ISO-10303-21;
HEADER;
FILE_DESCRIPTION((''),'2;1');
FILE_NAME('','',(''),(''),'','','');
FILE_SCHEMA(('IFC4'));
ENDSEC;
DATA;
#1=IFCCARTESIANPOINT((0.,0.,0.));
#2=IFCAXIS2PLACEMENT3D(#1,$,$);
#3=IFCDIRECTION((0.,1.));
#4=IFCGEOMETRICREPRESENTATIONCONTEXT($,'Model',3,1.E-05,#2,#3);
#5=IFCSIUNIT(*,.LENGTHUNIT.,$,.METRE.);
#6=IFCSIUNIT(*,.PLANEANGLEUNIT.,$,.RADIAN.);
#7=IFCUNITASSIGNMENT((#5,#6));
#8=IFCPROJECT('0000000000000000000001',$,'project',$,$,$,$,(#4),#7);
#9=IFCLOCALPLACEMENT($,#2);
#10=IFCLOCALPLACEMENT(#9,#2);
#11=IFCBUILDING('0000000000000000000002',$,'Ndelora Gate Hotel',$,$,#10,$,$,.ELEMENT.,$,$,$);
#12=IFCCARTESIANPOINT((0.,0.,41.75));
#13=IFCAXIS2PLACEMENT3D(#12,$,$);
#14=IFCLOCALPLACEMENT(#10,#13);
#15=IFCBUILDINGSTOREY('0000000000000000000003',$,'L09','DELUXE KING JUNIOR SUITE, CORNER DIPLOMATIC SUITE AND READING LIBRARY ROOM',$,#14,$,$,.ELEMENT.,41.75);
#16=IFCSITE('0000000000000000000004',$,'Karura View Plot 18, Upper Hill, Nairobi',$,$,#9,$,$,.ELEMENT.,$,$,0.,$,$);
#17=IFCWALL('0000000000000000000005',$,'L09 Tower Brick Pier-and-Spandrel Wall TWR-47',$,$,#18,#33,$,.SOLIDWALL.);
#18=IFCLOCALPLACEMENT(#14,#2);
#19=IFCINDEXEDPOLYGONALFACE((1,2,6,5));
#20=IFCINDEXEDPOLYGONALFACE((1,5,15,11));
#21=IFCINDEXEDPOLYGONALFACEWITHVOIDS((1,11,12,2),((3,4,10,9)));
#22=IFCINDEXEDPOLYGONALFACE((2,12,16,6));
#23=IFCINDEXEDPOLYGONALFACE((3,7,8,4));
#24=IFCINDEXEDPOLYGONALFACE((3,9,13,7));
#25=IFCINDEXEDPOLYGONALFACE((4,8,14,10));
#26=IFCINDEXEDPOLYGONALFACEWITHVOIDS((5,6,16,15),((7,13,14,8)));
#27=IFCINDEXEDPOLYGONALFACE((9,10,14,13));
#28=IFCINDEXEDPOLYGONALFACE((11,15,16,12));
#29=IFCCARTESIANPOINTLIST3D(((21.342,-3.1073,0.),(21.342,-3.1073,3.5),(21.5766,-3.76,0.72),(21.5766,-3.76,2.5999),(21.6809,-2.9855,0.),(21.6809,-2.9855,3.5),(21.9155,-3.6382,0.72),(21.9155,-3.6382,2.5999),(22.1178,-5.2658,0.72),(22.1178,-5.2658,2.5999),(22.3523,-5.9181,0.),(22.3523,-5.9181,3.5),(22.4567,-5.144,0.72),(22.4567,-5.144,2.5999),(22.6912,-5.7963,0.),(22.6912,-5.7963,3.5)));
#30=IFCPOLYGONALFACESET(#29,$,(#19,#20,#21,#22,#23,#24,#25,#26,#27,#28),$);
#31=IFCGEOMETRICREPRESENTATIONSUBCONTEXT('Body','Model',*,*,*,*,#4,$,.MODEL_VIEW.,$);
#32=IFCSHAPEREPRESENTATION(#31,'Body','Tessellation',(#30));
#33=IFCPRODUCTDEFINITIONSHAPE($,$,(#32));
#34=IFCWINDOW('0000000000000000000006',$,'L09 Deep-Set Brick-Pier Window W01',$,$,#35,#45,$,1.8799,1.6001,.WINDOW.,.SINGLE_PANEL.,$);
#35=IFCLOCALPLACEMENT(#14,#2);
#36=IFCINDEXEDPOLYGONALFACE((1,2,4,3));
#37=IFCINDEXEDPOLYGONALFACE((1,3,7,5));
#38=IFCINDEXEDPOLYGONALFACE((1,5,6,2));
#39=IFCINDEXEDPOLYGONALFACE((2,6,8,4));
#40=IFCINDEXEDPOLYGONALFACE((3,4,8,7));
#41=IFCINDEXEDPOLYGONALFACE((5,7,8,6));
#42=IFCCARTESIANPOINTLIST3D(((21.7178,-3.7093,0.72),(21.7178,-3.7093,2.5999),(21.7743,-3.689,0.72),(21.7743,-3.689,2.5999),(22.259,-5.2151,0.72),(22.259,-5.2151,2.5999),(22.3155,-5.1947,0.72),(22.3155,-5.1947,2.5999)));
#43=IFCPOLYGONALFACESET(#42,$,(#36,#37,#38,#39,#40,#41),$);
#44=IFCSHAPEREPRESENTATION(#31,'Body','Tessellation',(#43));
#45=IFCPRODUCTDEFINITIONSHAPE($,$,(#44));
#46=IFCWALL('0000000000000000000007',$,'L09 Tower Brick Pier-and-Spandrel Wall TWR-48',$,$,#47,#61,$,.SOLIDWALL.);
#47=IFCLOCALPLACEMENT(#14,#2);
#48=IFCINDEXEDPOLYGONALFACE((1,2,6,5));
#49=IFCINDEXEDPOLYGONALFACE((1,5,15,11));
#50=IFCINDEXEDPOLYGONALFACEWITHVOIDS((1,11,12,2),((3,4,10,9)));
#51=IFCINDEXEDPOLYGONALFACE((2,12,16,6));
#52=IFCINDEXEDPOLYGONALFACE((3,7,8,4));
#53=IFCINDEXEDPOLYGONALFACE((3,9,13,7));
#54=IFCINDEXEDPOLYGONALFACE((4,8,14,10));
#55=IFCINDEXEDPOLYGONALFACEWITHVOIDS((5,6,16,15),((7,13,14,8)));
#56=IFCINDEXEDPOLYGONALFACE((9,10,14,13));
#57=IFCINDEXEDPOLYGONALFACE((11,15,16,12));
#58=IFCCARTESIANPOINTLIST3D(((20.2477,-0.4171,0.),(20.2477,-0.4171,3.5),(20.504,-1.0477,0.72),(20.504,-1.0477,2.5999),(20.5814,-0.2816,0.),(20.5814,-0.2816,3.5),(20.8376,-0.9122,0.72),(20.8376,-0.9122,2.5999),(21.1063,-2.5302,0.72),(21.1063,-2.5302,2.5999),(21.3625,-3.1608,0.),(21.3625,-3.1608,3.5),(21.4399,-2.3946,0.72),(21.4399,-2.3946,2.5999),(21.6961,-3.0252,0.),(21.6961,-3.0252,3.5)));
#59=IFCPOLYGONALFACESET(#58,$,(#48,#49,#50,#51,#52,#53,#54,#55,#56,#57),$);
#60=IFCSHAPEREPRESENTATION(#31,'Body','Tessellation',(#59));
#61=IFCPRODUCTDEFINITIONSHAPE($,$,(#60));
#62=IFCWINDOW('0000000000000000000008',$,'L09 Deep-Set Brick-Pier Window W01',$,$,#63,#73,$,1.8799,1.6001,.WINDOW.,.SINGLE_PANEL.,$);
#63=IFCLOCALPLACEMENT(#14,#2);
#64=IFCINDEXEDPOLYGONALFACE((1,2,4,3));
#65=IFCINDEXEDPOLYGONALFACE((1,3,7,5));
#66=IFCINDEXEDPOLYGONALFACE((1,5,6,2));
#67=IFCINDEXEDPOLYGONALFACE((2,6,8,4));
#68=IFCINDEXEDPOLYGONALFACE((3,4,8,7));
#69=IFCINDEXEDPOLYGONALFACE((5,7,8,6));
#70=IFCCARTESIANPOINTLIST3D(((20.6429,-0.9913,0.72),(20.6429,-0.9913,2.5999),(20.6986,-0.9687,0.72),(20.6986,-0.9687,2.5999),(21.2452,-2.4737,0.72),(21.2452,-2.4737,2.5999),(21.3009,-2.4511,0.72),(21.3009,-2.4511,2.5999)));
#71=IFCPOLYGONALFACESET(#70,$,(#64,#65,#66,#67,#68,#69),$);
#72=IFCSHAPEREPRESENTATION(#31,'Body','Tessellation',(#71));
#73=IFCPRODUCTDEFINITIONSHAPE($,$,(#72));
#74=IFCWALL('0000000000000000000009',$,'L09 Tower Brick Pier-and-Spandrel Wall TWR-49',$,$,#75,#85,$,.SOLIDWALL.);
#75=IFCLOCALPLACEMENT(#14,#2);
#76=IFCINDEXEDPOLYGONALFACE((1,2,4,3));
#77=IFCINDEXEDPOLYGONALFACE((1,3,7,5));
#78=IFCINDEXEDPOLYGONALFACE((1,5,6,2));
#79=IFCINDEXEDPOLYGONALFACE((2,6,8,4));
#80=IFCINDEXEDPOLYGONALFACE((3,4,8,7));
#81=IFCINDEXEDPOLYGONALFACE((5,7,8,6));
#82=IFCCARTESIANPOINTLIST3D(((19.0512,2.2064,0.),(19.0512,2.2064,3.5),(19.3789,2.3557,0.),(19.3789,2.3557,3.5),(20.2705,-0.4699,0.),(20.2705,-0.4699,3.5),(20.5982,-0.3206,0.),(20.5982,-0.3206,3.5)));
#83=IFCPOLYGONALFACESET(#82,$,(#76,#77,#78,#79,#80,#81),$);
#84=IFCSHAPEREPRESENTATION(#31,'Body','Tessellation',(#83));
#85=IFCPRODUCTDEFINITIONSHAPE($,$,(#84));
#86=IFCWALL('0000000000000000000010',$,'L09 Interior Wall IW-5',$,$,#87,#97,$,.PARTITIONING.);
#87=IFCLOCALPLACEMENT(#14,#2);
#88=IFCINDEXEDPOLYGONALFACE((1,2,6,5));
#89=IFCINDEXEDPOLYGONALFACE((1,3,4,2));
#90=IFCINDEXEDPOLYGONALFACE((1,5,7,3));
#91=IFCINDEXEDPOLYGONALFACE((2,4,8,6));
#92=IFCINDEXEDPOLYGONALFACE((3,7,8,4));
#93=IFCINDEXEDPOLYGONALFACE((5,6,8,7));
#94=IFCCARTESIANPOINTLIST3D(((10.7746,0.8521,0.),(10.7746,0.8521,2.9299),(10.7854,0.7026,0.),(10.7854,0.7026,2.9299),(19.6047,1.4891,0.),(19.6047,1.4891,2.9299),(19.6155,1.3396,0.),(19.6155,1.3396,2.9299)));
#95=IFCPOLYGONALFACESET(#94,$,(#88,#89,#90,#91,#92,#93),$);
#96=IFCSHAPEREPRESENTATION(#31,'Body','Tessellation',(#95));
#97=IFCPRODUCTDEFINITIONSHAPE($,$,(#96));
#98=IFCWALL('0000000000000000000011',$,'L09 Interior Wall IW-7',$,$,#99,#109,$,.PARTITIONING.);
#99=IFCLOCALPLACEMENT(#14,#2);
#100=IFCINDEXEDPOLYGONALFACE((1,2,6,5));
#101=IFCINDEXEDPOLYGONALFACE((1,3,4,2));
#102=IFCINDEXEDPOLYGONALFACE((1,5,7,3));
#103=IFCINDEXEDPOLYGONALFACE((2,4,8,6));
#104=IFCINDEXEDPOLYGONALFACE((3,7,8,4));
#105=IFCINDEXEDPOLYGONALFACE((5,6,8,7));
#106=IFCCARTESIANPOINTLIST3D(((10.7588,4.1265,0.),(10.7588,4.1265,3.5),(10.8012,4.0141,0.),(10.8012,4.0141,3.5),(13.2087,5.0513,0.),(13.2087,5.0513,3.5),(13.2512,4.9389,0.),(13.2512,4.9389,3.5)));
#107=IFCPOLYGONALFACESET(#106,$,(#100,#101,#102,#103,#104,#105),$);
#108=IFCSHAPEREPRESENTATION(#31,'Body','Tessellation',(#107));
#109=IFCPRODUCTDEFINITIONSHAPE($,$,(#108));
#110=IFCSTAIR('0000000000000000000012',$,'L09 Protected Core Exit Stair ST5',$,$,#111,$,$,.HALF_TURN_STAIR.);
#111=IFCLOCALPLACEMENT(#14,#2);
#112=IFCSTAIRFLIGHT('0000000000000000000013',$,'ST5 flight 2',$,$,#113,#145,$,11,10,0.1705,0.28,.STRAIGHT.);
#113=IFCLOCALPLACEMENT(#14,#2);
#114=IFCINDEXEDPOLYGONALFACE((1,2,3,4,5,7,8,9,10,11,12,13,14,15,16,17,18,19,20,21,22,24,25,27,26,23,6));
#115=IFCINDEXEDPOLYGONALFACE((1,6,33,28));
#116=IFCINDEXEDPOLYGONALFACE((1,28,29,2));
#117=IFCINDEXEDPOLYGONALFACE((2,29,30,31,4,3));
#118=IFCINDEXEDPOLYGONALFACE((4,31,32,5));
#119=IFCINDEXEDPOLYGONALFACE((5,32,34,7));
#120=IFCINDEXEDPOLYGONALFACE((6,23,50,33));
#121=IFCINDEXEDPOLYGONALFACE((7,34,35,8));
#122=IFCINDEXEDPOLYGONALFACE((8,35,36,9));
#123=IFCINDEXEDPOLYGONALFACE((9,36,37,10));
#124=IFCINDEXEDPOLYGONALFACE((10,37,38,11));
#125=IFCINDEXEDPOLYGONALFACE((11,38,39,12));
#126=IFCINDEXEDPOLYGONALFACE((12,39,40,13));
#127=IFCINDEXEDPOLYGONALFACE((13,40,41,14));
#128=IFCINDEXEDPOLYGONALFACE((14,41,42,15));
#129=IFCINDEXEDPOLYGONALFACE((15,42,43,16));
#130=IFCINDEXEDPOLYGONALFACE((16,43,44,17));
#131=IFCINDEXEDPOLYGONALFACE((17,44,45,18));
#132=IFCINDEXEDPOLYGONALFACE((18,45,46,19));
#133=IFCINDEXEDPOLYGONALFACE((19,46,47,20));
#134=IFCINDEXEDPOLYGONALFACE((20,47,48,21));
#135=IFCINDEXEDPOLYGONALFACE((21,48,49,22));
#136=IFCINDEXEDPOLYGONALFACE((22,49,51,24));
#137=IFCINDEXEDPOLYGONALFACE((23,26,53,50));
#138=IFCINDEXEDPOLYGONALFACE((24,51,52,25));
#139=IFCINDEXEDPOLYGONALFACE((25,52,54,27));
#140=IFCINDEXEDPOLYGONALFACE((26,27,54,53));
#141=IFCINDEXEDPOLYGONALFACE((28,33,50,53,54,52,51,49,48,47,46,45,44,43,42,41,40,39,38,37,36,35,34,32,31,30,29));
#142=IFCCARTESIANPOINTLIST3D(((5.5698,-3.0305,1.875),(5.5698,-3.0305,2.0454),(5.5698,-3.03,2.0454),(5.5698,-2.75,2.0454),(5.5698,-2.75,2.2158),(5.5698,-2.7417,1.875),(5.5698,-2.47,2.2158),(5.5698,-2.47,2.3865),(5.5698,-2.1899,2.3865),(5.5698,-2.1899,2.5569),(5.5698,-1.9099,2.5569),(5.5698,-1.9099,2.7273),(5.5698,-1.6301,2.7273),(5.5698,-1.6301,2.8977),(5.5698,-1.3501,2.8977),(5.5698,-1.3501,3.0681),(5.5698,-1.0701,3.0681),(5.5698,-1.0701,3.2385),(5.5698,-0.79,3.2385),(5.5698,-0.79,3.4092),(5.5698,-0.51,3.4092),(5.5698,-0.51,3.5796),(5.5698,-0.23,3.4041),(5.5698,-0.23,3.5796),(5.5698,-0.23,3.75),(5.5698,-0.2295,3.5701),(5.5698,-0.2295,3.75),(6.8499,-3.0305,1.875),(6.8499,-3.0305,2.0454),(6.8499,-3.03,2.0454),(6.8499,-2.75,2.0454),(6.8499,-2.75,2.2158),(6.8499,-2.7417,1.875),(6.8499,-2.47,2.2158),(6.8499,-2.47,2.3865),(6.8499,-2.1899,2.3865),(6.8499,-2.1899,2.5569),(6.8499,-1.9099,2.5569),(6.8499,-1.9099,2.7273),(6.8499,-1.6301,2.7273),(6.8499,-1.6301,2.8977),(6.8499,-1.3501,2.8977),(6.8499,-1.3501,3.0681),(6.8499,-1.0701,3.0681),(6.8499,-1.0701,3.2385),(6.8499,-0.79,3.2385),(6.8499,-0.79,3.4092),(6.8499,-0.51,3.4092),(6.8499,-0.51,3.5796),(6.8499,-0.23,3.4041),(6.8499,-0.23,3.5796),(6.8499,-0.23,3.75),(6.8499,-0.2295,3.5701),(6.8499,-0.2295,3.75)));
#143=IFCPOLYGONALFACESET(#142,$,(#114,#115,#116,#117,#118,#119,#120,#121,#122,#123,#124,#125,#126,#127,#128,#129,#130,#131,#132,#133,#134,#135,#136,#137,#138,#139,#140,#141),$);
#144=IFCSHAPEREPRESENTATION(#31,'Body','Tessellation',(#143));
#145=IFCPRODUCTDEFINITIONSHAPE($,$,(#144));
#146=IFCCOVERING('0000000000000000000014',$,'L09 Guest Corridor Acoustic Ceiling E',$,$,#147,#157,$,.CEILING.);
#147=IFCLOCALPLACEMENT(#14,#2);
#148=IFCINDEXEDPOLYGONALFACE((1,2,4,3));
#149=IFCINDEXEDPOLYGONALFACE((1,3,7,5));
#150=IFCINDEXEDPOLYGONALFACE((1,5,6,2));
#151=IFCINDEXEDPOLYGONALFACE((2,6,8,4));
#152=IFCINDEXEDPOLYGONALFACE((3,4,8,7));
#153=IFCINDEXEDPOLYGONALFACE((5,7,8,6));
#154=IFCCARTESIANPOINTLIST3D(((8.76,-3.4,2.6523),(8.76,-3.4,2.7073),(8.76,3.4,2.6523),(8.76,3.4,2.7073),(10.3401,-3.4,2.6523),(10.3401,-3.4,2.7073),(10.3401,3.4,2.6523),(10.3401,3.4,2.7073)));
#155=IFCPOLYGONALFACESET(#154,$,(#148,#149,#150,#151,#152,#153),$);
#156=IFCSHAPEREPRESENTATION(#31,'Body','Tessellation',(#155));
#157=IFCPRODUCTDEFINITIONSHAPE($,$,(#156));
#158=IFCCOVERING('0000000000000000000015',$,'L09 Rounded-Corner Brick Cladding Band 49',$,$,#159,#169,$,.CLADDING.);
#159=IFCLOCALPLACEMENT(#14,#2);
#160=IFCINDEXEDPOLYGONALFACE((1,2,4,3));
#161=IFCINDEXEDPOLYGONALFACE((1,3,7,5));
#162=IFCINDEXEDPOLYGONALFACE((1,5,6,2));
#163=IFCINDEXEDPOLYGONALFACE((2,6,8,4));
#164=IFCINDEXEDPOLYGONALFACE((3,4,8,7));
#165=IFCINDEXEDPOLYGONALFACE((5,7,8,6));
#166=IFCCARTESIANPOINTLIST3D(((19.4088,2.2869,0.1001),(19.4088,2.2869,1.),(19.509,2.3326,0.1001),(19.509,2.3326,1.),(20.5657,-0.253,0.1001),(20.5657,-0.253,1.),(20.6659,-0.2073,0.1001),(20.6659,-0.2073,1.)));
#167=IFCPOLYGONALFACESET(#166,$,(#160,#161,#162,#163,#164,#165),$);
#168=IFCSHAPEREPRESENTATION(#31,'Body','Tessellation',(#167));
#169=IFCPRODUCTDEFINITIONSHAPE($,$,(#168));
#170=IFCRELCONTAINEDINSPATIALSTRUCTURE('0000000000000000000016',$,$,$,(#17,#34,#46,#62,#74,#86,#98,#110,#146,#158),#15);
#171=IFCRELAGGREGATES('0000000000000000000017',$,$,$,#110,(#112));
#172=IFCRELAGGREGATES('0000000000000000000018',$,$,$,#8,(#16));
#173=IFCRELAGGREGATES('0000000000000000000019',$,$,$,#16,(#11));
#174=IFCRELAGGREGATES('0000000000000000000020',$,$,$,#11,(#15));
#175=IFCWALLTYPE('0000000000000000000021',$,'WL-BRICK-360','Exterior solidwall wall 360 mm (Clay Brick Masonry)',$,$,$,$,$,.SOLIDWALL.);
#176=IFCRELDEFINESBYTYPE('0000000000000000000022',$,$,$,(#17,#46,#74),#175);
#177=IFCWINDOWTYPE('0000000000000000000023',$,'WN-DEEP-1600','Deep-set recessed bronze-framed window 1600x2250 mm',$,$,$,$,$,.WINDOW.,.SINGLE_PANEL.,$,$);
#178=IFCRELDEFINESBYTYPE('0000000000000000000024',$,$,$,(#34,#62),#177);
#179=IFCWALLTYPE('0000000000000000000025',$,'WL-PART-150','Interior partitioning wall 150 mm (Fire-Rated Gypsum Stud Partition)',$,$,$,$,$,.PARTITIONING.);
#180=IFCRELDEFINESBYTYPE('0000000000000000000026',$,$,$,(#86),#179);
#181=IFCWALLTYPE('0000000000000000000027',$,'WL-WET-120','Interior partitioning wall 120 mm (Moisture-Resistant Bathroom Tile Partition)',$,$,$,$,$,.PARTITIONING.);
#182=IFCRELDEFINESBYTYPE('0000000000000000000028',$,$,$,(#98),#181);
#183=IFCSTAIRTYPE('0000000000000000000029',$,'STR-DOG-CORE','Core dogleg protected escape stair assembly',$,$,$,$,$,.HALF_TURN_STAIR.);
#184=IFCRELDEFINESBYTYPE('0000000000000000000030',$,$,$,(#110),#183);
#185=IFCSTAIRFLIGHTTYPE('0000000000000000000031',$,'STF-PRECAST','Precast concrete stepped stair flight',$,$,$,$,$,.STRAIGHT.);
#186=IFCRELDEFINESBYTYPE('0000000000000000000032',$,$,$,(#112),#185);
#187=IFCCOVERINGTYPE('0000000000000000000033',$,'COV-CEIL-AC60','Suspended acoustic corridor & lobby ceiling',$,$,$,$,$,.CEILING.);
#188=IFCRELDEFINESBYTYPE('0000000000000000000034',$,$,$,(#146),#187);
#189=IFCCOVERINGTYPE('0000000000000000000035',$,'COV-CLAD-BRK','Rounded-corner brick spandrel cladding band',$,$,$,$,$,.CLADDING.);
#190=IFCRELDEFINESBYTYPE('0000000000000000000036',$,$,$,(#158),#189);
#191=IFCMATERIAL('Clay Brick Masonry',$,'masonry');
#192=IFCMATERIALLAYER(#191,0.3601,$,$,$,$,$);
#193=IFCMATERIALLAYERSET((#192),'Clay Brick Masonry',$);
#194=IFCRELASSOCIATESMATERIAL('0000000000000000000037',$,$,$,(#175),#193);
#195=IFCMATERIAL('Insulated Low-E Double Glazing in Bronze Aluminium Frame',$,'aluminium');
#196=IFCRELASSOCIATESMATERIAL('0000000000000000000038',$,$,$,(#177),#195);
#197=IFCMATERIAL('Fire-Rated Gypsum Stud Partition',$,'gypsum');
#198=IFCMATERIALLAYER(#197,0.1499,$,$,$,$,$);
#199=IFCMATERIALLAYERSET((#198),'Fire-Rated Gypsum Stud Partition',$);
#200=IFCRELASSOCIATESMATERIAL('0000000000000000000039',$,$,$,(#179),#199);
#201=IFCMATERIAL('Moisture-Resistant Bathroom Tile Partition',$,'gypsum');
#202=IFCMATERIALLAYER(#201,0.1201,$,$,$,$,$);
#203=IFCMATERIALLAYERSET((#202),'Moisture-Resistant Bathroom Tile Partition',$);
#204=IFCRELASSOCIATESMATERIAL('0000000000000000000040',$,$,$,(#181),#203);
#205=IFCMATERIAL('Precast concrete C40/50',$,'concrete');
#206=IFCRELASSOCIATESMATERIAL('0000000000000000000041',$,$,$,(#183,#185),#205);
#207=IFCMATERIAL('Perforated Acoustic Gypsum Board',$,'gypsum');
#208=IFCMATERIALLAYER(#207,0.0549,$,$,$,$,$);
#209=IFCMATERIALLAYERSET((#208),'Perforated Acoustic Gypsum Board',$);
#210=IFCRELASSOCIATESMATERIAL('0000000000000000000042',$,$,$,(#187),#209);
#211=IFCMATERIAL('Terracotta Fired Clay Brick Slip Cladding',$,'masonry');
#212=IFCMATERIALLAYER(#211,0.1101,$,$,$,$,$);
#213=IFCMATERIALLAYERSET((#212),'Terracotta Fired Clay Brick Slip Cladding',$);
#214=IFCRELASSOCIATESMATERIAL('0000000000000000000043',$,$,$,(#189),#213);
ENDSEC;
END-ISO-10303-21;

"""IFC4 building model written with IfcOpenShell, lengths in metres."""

from ifc_helpers import new_model, si_unit, direction, frame, frame_2d, origin, origin_2d, place, context, subcontext, project, spatial, polyline, rectangle, outline, extrude, material, layer, layer_set, type_object, element, fill, aggregate, save


model = new_model("IFC4")

# Units and contexts
model_context = context("Model", 3, precision=1e-05, world=origin(), true_north=direction((0.0, 1.0)))
body_context = subcontext(model_context, "Body", "Model", "MODEL_VIEW")
ifc_project = project(units=[si_unit("LENGTHUNIT", "METRE"), si_unit("PLANEANGLEUNIT", "RADIAN")], contexts=[model_context])

# Site, building, storey
site_placement = place(None, origin())
site = spatial("IfcSite", under=ifc_project, at=site_placement, Name="Karura View Plot 18, Upper Hill, Nairobi", CompositionType="ELEMENT", RefElevation=0.0)
building_placement = place(site_placement, origin())
building = spatial("IfcBuilding", under=site, at=building_placement, Name="Ndelora Gate Hotel", CompositionType="ELEMENT")
storey_placement = place(building_placement, frame((0.0, 0.0, 41.75)))
storey = spatial("IfcBuildingStorey", under=building, at=storey_placement, Name="L09", Description="DELUXE KING JUNIOR SUITE, CORNER DIPLOMATIC SUITE AND READING LIBRARY ROOM", CompositionType="ELEMENT", Elevation=41.75)

# Walls, openings, windows
ifc_material_1 = material(Name="Clay Brick Masonry", Category="masonry")
ifc_layer_1 = layer(ifc_material_1, 0.3601)
ifc_layer_set_1 = layer_set([ifc_layer_1], Name="Clay Brick Masonry")
wall_type_1 = type_object("IfcWallType", Name="WL-BRICK-360", Description="Exterior solidwall wall 360 mm (Clay Brick Masonry)", PredefinedType="SOLIDWALL", material=ifc_layer_set_1)
wall_1_placement = place(storey_placement, frame((21.5115, -3.0464, 0.0), z_axis=(0.0, 0.0, 1.0), x_axis=(0.338236, -0.941061, 0.0)))
wall_1 = element("IfcWall", 1, at=wall_1_placement, inside=storey, type_object=wall_type_1, Name="L09 Tower Brick Pier-and-Spandrel Wall TWR-47", PredefinedType="SOLIDWALL", context=body_context, shape_type="SweptSolid", body=[
    extrude(rectangle(XDim=2.9868, YDim=0.3601, at=frame_2d((1.4934, 0.0))), origin(), (0.0, 0.0, 1.0), 3.5),
])
opening_1_placement = place(wall_1_placement, frame((0.6936, 0.0, 0.72)))
opening_1 = element("IfcOpeningElement", 2, at=opening_1_placement, cuts=wall_1, PredefinedType="OPENING", context=body_context, shape_type="SweptSolid", body=[
    extrude(rectangle(XDim=1.6001, YDim=1.8799, at=frame_2d((0.8, 0.9399))), frame((0.0, 0.1899, 0.0), z_axis=(0.0, -1.0, 0.0), x_axis=(1.0, 0.0, 0.0)), (0.0, 0.0, 1.0), 0.3801),
])
ifc_material_2 = material(Name="Insulated Low-E Double Glazing in Bronze Aluminium Frame", Category="aluminium")
window_type = type_object("IfcWindowType", Name="WN-DEEP-1600", Description="Deep-set recessed bronze-framed window 1600x2250 mm", PartitioningType="SINGLE_PANEL", PredefinedType="WINDOW", material=ifc_material_2)
window_1_placement = place(opening_1_placement, origin())
window_1 = element("IfcWindow", 3, at=window_1_placement, inside=storey, type_object=window_type, Name="L09 Deep-Set Brick-Pier Window W01", OverallHeight=1.8799, OverallWidth=1.6001, PartitioningType="SINGLE_PANEL", PredefinedType="WINDOW", context=body_context, shape_type="SweptSolid", body=[
    extrude(rectangle(XDim=1.6001, YDim=1.8799, at=frame_2d((0.8, 0.9399))), frame((0.0, 0.03, 0.0), z_axis=(0.0, -1.0, 0.0), x_axis=(1.0, 0.0, 0.0)), (0.0, 0.0, 1.0), 0.0601),
])
fill(opening_1, window_1)
wall_2_placement = place(storey_placement, frame((20.4146, -0.3494, 0.0), z_axis=(0.0, 0.0, 1.0), x_axis=(0.376417, -0.92645, 0.0)))
wall_2 = element("IfcWall", 4, at=wall_2_placement, inside=storey, type_object=wall_type_1, Name="L09 Tower Brick Pier-and-Spandrel Wall TWR-48", PredefinedType="SOLIDWALL", context=body_context, shape_type="SweptSolid", body=[
    extrude(rectangle(XDim=2.9614, YDim=0.3601, at=frame_2d((1.4807, 0.0))), origin(), (0.0, 0.0, 1.0), 3.5),
])
opening_2_placement = place(wall_2_placement, frame((0.6807, 0.0, 0.72)))
opening_2 = element("IfcOpeningElement", 5, at=opening_2_placement, cuts=wall_2, PredefinedType="OPENING", context=body_context, shape_type="SweptSolid", body=[
    extrude(rectangle(XDim=1.6001, YDim=1.8799, at=frame_2d((0.8, 0.9399))), frame((0.0, 0.1899, 0.0), z_axis=(0.0, -1.0, 0.0), x_axis=(1.0, 0.0, 0.0)), (0.0, 0.0, 1.0), 0.3801),
])
window_2_placement = place(opening_2_placement, origin())
window_2 = element("IfcWindow", 6, at=window_2_placement, inside=storey, type_object=window_type, Name="L09 Deep-Set Brick-Pier Window W01", OverallHeight=1.8799, OverallWidth=1.6001, PartitioningType="SINGLE_PANEL", PredefinedType="WINDOW", context=body_context, shape_type="SweptSolid", body=[
    extrude(rectangle(XDim=1.6001, YDim=1.8799, at=frame_2d((0.8, 0.9399))), frame((0.0, 0.03, 0.0), z_axis=(0.0, -1.0, 0.0), x_axis=(1.0, 0.0, 0.0)), (0.0, 0.0, 1.0), 0.0601),
])
fill(opening_2, window_2)

# Wall
wall_3_placement = place(storey_placement, frame((19.2151, 2.281, 0.0), z_axis=(0.0, 0.0, 1.0), x_axis=(0.414578, -0.910014, 0.0)))
element("IfcWall", 7, at=wall_3_placement, inside=storey, type_object=wall_type_1, Name="L09 Tower Brick Pier-and-Spandrel Wall TWR-49", PredefinedType="SOLIDWALL", context=body_context, shape_type="SweptSolid", body=[
    extrude(rectangle(XDim=2.9409, YDim=0.3601, at=frame_2d((1.4705, 0.0))), origin(), (0.0, 0.0, 1.0), 3.5),
])

# Walls
ifc_material_3 = material(Name="Fire-Rated Gypsum Stud Partition", Category="gypsum")
ifc_layer_2 = layer(ifc_material_3, 0.1499)
ifc_layer_set_2 = layer_set([ifc_layer_2], Name="Fire-Rated Gypsum Stud Partition")
wall_type_2 = type_object("IfcWallType", Name="WL-PART-150", Description="Interior partitioning wall 150 mm (Fire-Rated Gypsum Stud Partition)", PredefinedType="PARTITIONING", material=ifc_layer_set_2)
wall_4_placement = place(storey_placement, frame((10.78, 0.7773, 0.0), z_axis=(0.0, 0.0, 1.0), x_axis=(0.997408, 0.071949, 0.0)))
element("IfcWall", 8, at=wall_4_placement, inside=storey, type_object=wall_type_2, Name="L09 Interior Wall IW-5", PredefinedType="PARTITIONING", context=body_context, shape_type="SweptSolid", body=[
    extrude(rectangle(XDim=8.853, YDim=0.1499, at=frame_2d((4.4265, 0.0))), origin(), (0.0, 0.0, 1.0), 2.9299),
])
ifc_material_4 = material(Name="Moisture-Resistant Bathroom Tile Partition", Category="gypsum")
ifc_layer_3 = layer(ifc_material_4, 0.1201)
ifc_layer_set_3 = layer_set([ifc_layer_3], Name="Moisture-Resistant Bathroom Tile Partition")
wall_type_3 = type_object("IfcWallType", Name="WL-WET-120", Description="Interior partitioning wall 120 mm (Moisture-Resistant Bathroom Tile Partition)", PredefinedType="PARTITIONING", material=ifc_layer_set_3)
wall_5_placement = place(storey_placement, frame((10.78, 4.0703, 0.0), z_axis=(0.0, 0.0, 1.0), x_axis=(0.935565, 0.353156, 0.0)))
element("IfcWall", 9, at=wall_5_placement, inside=storey, type_object=wall_type_3, Name="L09 Interior Wall IW-7", PredefinedType="PARTITIONING", context=body_context, shape_type="SweptSolid", body=[
    extrude(rectangle(XDim=2.6187, YDim=0.1201, at=frame_2d((1.3093, 0.0))), origin(), (0.0, 0.0, 1.0), 3.5),
])

# Stair, stair flight
ifc_material_5 = material(Name="Precast concrete C40/50", Category="concrete")
stair_type = type_object("IfcStairType", Name="STR-DOG-CORE", Description="Core dogleg protected escape stair assembly", PredefinedType="HALF_TURN_STAIR", material=ifc_material_5)
stair_placement = place(storey_placement, origin())
stair = element("IfcStair", 10, at=stair_placement, inside=storey, type_object=stair_type, Name="L09 Protected Core Exit Stair ST5", PredefinedType="HALF_TURN_STAIR")
stair_flight_type = type_object("IfcStairFlightType", Name="STF-PRECAST", Description="Precast concrete stepped stair flight", PredefinedType="STRAIGHT", material=ifc_material_5)
stair_flight_placement = place(storey_placement, frame((6.21, -3.03, 1.875), z_axis=(0.0, 0.0, 1.0), x_axis=(0.0, 1.0, 0.0)))
stair_flight = element("IfcStairFlight", 11, at=stair_flight_placement, type_object=stair_flight_type, Name="ST5 flight 2", NumberOfRisers=11, NumberOfTreads=10, PredefinedType="STRAIGHT", RiserHeight=0.1705, TreadLength=0.28, context=body_context, shape_type="SweptSolid", body=[
    extrude(outline(polyline([(-0.0005, 0.0), (-0.0005, 0.1704), (0.0, 0.1704), (0.28, 0.1704), (0.28, 0.3408), (0.5601, 0.3408), (0.5601, 0.5115), (0.8401, 0.5115), (0.8401, 0.6819), (1.1201, 0.6819), (1.1201, 0.8523), (1.3999, 0.8523), (1.3999, 1.0227), (1.6799, 1.0227), (1.6799, 1.1931), (1.96, 1.1931), (1.96, 1.3635), (2.24, 1.3635), (2.24, 1.5342), (2.52, 1.5342), (2.52, 1.7046), (2.8, 1.7046), (2.8, 1.875), (2.8005, 1.875), (2.8005, 1.6951), (2.8, 1.5291), (0.2883, 0.0), (-0.0005, 0.0)])), frame((0.0, 0.6401, 0.0), z_axis=(0.0, -1.0, 0.0), x_axis=(1.0, 0.0, 0.0)), (0.0, 0.0, 1.0), 1.28),
])
aggregate(stair, [stair_flight])

# Coverings
ifc_material_6 = material(Name="Perforated Acoustic Gypsum Board", Category="gypsum")
ifc_layer_4 = layer(ifc_material_6, 0.0549)
ifc_layer_set_4 = layer_set([ifc_layer_4], Name="Perforated Acoustic Gypsum Board")
covering_type_1 = type_object("IfcCoveringType", Name="COV-CEIL-AC60", Description="Suspended acoustic corridor & lobby ceiling", PredefinedType="CEILING", material=ifc_layer_set_4)
covering_1_placement = place(storey_placement, frame((9.55, 0.0, 2.6523), z_axis=(0.0, 0.0, 1.0), x_axis=(1.0, 0.0, 0.0)))
element("IfcCovering", 12, at=covering_1_placement, inside=storey, type_object=covering_type_1, Name="L09 Guest Corridor Acoustic Ceiling E", PredefinedType="CEILING", context=body_context, shape_type="SweptSolid", body=[
    extrude(rectangle(XDim=1.5801, YDim=6.8, at=origin_2d()), origin(), (0.0, 0.0, 1.0), 0.0549),
])
ifc_material_7 = material(Name="Terracotta Fired Clay Brick Slip Cladding", Category="masonry")
ifc_layer_5 = layer(ifc_material_7, 0.1101)
ifc_layer_set_5 = layer_set([ifc_layer_5], Name="Terracotta Fired Clay Brick Slip Cladding")
covering_type_2 = type_object("IfcCoveringType", Name="COV-CLAD-BRK", Description="Rounded-corner brick spandrel cladding band", PredefinedType="CLADDING", material=ifc_layer_set_5)
covering_2_placement = place(storey_placement, frame((20.0374, 1.0398, 0.1001), z_axis=(0.0, 0.0, 1.0), x_axis=(-0.414534, 0.910034, 0.0)))
element("IfcCovering", 13, at=covering_2_placement, inside=storey, type_object=covering_type_2, Name="L09 Rounded-Corner Brick Cladding Band 49", PredefinedType="CLADDING", context=body_context, shape_type="SweptSolid", body=[
    extrude(rectangle(XDim=2.791, YDim=0.1101, at=origin_2d()), origin(), (0.0, 0.0, 1.0), 0.8999),
])

save(model, "model.ifc")
